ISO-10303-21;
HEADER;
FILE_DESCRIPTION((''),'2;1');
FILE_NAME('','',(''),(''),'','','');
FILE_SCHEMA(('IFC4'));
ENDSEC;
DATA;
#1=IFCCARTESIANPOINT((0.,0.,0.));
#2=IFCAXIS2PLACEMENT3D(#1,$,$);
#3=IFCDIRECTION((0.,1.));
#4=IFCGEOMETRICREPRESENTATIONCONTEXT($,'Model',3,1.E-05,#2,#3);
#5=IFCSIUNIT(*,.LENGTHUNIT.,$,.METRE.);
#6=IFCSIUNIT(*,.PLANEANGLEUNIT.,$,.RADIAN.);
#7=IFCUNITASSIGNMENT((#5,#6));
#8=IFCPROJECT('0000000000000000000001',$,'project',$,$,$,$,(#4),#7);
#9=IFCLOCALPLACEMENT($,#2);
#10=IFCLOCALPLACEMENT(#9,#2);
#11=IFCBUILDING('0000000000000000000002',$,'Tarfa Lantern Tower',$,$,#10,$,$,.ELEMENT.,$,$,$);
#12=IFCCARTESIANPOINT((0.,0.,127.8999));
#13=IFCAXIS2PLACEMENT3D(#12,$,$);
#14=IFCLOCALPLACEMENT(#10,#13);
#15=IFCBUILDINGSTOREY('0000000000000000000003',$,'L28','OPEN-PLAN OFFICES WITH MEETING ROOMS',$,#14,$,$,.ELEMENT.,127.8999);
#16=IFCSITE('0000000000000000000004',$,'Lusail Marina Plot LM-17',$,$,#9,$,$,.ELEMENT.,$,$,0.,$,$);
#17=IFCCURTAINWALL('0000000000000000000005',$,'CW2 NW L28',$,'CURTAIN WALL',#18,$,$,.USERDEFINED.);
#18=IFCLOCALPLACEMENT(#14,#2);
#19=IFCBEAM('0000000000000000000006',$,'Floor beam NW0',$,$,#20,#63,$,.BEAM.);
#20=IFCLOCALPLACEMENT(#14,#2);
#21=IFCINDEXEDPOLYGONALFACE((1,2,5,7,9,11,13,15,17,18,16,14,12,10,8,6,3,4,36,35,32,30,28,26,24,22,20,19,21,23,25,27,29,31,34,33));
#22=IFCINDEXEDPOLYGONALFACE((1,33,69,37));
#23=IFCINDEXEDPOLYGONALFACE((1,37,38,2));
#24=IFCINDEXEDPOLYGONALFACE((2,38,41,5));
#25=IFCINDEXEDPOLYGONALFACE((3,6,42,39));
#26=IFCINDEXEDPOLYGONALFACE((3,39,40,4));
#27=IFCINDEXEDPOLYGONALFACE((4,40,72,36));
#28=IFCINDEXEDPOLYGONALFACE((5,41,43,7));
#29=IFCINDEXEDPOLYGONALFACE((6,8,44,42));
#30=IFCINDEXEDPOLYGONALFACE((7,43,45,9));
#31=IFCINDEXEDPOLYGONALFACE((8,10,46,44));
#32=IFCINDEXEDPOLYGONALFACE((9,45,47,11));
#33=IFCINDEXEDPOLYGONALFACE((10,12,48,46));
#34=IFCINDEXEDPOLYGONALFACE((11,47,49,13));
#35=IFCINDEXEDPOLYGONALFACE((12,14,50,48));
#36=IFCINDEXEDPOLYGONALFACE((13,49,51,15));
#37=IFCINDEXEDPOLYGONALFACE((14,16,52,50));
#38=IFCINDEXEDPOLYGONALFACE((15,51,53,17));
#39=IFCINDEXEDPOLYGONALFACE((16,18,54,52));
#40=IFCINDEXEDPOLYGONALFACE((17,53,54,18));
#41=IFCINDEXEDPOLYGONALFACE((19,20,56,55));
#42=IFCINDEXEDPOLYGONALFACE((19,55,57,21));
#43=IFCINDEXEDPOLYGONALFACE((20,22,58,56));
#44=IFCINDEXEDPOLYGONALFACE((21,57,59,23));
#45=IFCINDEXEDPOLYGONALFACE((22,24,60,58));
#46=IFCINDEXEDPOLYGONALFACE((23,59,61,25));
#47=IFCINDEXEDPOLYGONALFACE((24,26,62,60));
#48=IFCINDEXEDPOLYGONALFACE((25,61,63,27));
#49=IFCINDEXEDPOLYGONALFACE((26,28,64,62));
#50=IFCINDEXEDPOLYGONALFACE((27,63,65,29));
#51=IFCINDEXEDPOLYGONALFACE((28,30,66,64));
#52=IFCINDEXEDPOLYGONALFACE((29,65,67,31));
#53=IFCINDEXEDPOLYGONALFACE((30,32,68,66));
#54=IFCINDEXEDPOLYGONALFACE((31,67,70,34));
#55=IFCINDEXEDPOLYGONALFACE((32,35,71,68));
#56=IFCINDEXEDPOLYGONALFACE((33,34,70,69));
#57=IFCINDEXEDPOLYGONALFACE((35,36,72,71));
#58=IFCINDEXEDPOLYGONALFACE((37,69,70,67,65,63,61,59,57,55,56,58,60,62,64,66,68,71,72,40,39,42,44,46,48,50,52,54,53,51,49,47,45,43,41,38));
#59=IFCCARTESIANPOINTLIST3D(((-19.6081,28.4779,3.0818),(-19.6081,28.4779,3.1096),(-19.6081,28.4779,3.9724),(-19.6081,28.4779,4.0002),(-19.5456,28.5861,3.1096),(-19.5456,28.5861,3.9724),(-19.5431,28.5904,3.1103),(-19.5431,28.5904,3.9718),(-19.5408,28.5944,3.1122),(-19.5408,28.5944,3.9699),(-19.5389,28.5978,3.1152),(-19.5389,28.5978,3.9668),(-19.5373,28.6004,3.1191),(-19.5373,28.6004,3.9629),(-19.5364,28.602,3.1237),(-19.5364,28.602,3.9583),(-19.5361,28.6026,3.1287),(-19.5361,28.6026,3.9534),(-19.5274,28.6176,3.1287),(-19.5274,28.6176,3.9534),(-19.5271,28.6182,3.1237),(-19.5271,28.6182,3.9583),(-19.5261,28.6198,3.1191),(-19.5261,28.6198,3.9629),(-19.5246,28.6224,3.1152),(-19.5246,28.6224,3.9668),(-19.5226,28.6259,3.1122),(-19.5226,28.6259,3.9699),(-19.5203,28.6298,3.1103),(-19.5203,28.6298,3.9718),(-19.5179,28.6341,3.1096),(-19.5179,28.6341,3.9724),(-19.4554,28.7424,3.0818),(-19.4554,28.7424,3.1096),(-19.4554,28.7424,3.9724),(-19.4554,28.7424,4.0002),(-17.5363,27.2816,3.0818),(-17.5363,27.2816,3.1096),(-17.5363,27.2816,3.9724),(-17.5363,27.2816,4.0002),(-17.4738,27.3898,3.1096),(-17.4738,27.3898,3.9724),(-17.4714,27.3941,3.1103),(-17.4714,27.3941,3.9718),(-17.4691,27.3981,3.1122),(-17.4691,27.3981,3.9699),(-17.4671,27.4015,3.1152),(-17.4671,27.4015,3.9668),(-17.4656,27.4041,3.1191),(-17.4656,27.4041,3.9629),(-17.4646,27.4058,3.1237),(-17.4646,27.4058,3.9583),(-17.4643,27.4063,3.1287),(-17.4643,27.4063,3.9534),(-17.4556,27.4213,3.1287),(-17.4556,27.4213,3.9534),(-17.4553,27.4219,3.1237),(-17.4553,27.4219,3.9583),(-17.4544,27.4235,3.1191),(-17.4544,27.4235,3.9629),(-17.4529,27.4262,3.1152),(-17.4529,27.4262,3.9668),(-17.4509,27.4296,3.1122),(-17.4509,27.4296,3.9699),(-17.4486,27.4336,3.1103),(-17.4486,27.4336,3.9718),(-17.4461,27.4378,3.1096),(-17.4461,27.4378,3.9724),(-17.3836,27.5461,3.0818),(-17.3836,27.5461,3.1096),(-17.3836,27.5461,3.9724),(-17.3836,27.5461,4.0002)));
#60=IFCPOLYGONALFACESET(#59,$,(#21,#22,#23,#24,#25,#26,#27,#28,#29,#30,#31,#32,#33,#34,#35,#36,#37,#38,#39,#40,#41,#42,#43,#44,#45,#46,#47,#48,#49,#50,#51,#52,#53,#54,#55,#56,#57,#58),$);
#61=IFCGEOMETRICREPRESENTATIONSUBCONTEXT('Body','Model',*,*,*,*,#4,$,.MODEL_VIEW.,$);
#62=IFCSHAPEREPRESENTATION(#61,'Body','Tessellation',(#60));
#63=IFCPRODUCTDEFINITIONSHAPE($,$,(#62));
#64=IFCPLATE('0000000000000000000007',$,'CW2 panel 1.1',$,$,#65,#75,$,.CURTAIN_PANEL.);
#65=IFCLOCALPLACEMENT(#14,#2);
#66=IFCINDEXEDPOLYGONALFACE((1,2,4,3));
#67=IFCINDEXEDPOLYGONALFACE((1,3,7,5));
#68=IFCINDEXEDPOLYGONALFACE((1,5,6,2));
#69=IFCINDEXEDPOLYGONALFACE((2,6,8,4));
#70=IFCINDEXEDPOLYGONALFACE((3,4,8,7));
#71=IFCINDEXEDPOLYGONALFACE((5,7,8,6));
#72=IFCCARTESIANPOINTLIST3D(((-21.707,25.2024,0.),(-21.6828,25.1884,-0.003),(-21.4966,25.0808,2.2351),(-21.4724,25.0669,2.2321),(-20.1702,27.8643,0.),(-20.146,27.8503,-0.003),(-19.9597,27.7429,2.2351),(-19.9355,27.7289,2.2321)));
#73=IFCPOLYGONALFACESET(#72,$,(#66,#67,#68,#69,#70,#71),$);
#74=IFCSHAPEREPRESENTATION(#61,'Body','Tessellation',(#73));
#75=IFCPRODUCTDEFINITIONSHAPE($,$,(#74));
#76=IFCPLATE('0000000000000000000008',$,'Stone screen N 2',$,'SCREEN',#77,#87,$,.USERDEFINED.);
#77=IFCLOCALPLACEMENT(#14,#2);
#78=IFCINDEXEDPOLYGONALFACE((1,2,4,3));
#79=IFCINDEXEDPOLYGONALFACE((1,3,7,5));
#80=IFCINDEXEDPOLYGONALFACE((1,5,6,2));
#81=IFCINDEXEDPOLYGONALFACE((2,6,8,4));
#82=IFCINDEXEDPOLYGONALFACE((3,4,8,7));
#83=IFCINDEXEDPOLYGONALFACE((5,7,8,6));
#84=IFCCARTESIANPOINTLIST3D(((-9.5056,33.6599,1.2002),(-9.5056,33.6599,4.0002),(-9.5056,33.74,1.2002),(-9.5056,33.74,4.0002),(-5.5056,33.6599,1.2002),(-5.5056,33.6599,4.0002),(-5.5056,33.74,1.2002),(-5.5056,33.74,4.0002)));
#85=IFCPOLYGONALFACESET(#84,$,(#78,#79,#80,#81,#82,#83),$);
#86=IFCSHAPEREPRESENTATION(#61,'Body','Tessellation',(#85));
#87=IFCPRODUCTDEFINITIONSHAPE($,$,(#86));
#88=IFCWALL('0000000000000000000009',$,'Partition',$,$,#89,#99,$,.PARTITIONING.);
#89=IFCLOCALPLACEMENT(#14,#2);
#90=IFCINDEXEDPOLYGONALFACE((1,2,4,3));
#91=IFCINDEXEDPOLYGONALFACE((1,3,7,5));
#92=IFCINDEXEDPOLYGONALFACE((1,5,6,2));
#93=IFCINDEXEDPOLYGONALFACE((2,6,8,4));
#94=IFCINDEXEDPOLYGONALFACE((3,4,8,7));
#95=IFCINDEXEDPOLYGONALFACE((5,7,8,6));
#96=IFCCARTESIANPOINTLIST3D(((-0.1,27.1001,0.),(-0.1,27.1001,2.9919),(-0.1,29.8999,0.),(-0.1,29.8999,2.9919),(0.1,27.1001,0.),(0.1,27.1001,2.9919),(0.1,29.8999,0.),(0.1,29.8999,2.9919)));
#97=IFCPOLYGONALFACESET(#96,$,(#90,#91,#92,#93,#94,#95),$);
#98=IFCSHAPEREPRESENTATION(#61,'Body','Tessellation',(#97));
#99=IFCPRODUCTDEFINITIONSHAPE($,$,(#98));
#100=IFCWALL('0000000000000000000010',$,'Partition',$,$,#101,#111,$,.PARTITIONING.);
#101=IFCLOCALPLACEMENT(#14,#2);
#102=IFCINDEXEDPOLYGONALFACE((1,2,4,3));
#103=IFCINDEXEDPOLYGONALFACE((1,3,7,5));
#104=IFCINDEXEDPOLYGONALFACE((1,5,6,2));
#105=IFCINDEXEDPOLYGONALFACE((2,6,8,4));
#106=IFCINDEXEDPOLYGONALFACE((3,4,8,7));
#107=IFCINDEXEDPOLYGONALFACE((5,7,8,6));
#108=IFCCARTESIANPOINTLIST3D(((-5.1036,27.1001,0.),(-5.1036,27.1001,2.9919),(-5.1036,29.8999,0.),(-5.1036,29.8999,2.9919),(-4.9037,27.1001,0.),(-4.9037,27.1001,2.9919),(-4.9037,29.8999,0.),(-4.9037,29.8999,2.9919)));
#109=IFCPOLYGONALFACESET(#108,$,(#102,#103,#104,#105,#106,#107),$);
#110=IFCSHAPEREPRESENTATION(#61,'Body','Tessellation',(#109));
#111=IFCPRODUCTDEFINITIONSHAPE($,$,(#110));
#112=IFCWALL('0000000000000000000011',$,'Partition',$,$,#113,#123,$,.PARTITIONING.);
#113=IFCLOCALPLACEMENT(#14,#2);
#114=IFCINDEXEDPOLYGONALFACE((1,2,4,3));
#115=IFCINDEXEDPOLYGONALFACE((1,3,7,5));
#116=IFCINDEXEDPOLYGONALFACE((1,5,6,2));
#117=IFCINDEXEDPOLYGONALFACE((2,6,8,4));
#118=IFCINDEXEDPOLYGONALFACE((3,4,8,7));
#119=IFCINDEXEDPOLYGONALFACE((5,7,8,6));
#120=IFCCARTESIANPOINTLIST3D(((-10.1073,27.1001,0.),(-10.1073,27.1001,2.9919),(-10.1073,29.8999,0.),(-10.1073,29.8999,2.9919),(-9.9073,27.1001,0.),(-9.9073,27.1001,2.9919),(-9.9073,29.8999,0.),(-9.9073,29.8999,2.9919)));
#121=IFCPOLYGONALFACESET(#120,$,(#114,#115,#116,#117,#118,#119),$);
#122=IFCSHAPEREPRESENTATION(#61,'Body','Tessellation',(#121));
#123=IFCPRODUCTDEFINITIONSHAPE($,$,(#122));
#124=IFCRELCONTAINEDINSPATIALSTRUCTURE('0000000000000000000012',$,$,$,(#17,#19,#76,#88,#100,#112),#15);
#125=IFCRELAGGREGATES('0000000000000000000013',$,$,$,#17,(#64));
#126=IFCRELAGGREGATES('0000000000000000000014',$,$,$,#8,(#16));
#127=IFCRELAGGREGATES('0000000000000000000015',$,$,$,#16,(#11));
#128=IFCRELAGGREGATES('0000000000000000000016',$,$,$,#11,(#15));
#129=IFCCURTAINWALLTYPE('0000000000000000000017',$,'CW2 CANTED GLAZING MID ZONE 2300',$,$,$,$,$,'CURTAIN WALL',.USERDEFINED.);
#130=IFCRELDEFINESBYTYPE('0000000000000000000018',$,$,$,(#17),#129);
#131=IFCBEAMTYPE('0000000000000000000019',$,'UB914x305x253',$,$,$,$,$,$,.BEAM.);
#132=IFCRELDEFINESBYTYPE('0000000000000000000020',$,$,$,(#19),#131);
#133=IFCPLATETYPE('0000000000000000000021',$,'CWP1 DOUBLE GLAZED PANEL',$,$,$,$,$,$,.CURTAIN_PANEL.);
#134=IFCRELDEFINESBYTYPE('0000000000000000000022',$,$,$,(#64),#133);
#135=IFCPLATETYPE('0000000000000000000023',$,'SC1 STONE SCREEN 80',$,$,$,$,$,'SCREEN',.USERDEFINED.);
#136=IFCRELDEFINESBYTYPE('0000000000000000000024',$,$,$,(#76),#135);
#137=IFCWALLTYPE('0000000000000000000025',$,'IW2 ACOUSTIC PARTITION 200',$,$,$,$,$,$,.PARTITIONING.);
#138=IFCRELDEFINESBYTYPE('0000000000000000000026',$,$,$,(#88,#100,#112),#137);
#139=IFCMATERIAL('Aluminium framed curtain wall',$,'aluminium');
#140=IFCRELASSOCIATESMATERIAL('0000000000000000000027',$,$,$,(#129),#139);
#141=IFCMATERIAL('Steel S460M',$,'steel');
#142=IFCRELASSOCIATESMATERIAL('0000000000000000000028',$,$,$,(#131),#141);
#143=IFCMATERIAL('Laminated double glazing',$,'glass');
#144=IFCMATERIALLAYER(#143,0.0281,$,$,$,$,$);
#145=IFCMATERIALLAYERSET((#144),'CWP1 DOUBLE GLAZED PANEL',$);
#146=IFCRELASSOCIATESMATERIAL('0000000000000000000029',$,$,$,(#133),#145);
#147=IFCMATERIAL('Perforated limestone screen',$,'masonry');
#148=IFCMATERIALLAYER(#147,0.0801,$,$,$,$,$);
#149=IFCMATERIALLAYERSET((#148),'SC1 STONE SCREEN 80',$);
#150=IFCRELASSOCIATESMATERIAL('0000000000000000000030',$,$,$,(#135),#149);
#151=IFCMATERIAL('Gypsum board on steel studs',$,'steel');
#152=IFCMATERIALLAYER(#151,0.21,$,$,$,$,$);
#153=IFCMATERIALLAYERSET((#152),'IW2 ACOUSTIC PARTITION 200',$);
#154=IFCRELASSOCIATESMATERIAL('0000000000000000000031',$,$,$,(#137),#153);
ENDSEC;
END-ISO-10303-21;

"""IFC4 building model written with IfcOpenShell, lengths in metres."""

from ifc_helpers import new_model, si_unit, direction, frame, frame_2d, origin, origin_2d, place, context, subcontext, project, spatial, polyline, rectangle, i_section, outline, extrude, material, layer, layer_set, material_profile, profile_set, type_object, element, aggregate, save


model = new_model("IFC4")

# Units and contexts
model_context = context("Model", 3, precision=1e-05, world=origin(), true_north=direction((0.0, 1.0)))
body_context = subcontext(model_context, "Body", "Model", "MODEL_VIEW")
ifc_project = project(units=[si_unit("LENGTHUNIT", "METRE"), si_unit("PLANEANGLEUNIT", "RADIAN")], contexts=[model_context])

# Site, building, storey
site_placement = place(None, origin())
site = spatial("IfcSite", under=ifc_project, at=site_placement, Name="Lusail Marina Plot LM-17", CompositionType="ELEMENT", RefElevation=0.0)
building_placement = place(site_placement, origin())
building = spatial("IfcBuilding", under=site, at=building_placement, Name="Tarfa Lantern Tower", CompositionType="ELEMENT")
storey_placement = place(building_placement, frame((0.0, 0.0, 127.8999)))
storey = spatial("IfcBuildingStorey", under=building, at=storey_placement, Name="L28", Description="OPEN-PLAN OFFICES WITH MEETING ROOMS", CompositionType="ELEMENT", Elevation=127.8999)

# Curtain wall
ifc_material_1 = material(Name="Aluminium framed curtain wall", Category="aluminium")
curtain_wall_type = type_object("IfcCurtainWallType", Name="CW2 CANTED GLAZING MID ZONE 2300", ElementType="CURTAIN WALL", PredefinedType="USERDEFINED", material=ifc_material_1)
curtain_wall_placement = place(storey_placement, origin())
curtain_wall = element("IfcCurtainWall", 1, at=curtain_wall_placement, inside=storey, type_object=curtain_wall_type, Name="CW2 NW L28", ObjectType="CURTAIN WALL", PredefinedType="USERDEFINED")

# Beam
ifc_material_2 = material(Name="Steel S460M", Category="steel")
ifc_material_profile_1 = material_profile(ifc_material_2, i_section(OverallWidth=0.3054, OverallDepth=0.9185, WebThickness=0.0173, FlangeThickness=0.0278, FilletRadius=0.019, at=origin_2d()), Name="UB914x305x253")
ifc_profile_set_1 = profile_set([ifc_material_profile_1], Name="Steel S460M")
beam_type_1 = type_object("IfcBeamType", Name="UB914x305x253", PredefinedType="BEAM", material=ifc_profile_set_1)
beam_1_placement = place(storey_placement, frame((-19.5317, 28.6101, 3.541), z_axis=(0.865999, -0.500046, 0.0), x_axis=(0.500046, 0.865999, 0.0)))
element("IfcBeam", 2, at=beam_1_placement, inside=storey, type_object=beam_type_1, Name="Floor beam NW0", PredefinedType="BEAM", context=body_context, shape_type="SweptSolid", body=[
    extrude(i_section(OverallWidth=0.3054, OverallDepth=0.9185, WebThickness=0.0173, FlangeThickness=0.0278, FilletRadius=0.019, at=origin_2d()), origin(), (0.0, 0.0, 1.0), 2.3923),
])

# Plates
ifc_material_3 = material(Name="Laminated double glazing", Category="glass")
ifc_layer_1 = layer(ifc_material_3, 0.0281)
ifc_layer_set_1 = layer_set([ifc_layer_1], Name="CWP1 DOUBLE GLAZED PANEL")
plate_type_1 = type_object("IfcPlateType", Name="CWP1 DOUBLE GLAZED PANEL", PredefinedType="CURTAIN_PANEL", material=ifc_layer_set_1)
plate_1_placement = place(storey_placement, frame((-20.1702, 27.8643, 0.0), z_axis=(-0.860958, 0.497063, 0.108076), x_axis=(-0.499992, -0.86603, -0.000002)))
plate_1 = element("IfcPlate", 3, at=plate_1_placement, type_object=plate_type_1, Name="CW2 panel 1.1", PredefinedType="CURTAIN_PANEL", context=body_context, shape_type="SweptSolid", body=[
    extrude(outline(polyline([(0.0, 0.0), (3.0737, 0.0), (3.0737, 2.2483), (-0.0001, 2.2483), (0.0, 0.0)])), origin(), (0.0, 0.0, -1.0), 0.0281),
])
aggregate(curtain_wall, [plate_1])
ifc_material_4 = material(Name="Perforated limestone screen", Category="masonry")
ifc_layer_2 = layer(ifc_material_4, 0.0801)
ifc_layer_set_2 = layer_set([ifc_layer_2], Name="SC1 STONE SCREEN 80")
plate_type_2 = type_object("IfcPlateType", Name="SC1 STONE SCREEN 80", ElementType="SCREEN", PredefinedType="USERDEFINED", material=ifc_layer_set_2)
plate_2_placement = place(storey_placement, frame((-7.5056, 33.7, 1.2002), z_axis=(0.0, 0.0, 1.0), x_axis=(-1.0, 0.0, 0.0)))
element("IfcPlate", 4, at=plate_2_placement, inside=storey, type_object=plate_type_2, Name="Stone screen N 2", ObjectType="SCREEN", PredefinedType="USERDEFINED", context=body_context, shape_type="SweptSolid", body=[
    extrude(rectangle(XDim=4.0, YDim=0.0801, at=origin_2d()), origin(), (0.0, 0.0, 1.0), 2.8),
])

# Walls
ifc_material_5 = material(Name="Gypsum board on steel studs", Category="steel")
ifc_layer_3 = layer(ifc_material_5, 0.21)
ifc_layer_set_3 = layer_set([ifc_layer_3], Name="IW2 ACOUSTIC PARTITION 200")
wall_type = type_object("IfcWallType", Name="IW2 ACOUSTIC PARTITION 200", PredefinedType="PARTITIONING", material=ifc_layer_set_3)
for number, where, z_axis, x_axis, name in (
    (5, (0.0, 27.1001, 0.0), (0.0, 0.0, 1.0), (0.0, 1.0, 0.0), "Partition"),
    (6, (-5.0037, 27.1001, 0.0), (0.0, 0.0, 1.0), (0.0, 1.0, 0.0), "Partition"),
    (7, (-10.0073, 27.1001, 0.0), (0.0, 0.0, 1.0), (0.0, 1.0, 0.0), "Partition"),
):
    element("IfcWall", number, at=place(storey_placement, frame(where, z_axis=z_axis, x_axis=x_axis)), inside=storey, type_object=wall_type, Name=name, PredefinedType="PARTITIONING", context=body_context, shape_type="SweptSolid", body=[
        extrude(rectangle(XDim=2.7998, YDim=0.2, at=frame_2d((1.3999, 0.0))), origin(), (0.0, 0.0, 1.0), 2.9919),
    ])

save(model, "model.ifc")
